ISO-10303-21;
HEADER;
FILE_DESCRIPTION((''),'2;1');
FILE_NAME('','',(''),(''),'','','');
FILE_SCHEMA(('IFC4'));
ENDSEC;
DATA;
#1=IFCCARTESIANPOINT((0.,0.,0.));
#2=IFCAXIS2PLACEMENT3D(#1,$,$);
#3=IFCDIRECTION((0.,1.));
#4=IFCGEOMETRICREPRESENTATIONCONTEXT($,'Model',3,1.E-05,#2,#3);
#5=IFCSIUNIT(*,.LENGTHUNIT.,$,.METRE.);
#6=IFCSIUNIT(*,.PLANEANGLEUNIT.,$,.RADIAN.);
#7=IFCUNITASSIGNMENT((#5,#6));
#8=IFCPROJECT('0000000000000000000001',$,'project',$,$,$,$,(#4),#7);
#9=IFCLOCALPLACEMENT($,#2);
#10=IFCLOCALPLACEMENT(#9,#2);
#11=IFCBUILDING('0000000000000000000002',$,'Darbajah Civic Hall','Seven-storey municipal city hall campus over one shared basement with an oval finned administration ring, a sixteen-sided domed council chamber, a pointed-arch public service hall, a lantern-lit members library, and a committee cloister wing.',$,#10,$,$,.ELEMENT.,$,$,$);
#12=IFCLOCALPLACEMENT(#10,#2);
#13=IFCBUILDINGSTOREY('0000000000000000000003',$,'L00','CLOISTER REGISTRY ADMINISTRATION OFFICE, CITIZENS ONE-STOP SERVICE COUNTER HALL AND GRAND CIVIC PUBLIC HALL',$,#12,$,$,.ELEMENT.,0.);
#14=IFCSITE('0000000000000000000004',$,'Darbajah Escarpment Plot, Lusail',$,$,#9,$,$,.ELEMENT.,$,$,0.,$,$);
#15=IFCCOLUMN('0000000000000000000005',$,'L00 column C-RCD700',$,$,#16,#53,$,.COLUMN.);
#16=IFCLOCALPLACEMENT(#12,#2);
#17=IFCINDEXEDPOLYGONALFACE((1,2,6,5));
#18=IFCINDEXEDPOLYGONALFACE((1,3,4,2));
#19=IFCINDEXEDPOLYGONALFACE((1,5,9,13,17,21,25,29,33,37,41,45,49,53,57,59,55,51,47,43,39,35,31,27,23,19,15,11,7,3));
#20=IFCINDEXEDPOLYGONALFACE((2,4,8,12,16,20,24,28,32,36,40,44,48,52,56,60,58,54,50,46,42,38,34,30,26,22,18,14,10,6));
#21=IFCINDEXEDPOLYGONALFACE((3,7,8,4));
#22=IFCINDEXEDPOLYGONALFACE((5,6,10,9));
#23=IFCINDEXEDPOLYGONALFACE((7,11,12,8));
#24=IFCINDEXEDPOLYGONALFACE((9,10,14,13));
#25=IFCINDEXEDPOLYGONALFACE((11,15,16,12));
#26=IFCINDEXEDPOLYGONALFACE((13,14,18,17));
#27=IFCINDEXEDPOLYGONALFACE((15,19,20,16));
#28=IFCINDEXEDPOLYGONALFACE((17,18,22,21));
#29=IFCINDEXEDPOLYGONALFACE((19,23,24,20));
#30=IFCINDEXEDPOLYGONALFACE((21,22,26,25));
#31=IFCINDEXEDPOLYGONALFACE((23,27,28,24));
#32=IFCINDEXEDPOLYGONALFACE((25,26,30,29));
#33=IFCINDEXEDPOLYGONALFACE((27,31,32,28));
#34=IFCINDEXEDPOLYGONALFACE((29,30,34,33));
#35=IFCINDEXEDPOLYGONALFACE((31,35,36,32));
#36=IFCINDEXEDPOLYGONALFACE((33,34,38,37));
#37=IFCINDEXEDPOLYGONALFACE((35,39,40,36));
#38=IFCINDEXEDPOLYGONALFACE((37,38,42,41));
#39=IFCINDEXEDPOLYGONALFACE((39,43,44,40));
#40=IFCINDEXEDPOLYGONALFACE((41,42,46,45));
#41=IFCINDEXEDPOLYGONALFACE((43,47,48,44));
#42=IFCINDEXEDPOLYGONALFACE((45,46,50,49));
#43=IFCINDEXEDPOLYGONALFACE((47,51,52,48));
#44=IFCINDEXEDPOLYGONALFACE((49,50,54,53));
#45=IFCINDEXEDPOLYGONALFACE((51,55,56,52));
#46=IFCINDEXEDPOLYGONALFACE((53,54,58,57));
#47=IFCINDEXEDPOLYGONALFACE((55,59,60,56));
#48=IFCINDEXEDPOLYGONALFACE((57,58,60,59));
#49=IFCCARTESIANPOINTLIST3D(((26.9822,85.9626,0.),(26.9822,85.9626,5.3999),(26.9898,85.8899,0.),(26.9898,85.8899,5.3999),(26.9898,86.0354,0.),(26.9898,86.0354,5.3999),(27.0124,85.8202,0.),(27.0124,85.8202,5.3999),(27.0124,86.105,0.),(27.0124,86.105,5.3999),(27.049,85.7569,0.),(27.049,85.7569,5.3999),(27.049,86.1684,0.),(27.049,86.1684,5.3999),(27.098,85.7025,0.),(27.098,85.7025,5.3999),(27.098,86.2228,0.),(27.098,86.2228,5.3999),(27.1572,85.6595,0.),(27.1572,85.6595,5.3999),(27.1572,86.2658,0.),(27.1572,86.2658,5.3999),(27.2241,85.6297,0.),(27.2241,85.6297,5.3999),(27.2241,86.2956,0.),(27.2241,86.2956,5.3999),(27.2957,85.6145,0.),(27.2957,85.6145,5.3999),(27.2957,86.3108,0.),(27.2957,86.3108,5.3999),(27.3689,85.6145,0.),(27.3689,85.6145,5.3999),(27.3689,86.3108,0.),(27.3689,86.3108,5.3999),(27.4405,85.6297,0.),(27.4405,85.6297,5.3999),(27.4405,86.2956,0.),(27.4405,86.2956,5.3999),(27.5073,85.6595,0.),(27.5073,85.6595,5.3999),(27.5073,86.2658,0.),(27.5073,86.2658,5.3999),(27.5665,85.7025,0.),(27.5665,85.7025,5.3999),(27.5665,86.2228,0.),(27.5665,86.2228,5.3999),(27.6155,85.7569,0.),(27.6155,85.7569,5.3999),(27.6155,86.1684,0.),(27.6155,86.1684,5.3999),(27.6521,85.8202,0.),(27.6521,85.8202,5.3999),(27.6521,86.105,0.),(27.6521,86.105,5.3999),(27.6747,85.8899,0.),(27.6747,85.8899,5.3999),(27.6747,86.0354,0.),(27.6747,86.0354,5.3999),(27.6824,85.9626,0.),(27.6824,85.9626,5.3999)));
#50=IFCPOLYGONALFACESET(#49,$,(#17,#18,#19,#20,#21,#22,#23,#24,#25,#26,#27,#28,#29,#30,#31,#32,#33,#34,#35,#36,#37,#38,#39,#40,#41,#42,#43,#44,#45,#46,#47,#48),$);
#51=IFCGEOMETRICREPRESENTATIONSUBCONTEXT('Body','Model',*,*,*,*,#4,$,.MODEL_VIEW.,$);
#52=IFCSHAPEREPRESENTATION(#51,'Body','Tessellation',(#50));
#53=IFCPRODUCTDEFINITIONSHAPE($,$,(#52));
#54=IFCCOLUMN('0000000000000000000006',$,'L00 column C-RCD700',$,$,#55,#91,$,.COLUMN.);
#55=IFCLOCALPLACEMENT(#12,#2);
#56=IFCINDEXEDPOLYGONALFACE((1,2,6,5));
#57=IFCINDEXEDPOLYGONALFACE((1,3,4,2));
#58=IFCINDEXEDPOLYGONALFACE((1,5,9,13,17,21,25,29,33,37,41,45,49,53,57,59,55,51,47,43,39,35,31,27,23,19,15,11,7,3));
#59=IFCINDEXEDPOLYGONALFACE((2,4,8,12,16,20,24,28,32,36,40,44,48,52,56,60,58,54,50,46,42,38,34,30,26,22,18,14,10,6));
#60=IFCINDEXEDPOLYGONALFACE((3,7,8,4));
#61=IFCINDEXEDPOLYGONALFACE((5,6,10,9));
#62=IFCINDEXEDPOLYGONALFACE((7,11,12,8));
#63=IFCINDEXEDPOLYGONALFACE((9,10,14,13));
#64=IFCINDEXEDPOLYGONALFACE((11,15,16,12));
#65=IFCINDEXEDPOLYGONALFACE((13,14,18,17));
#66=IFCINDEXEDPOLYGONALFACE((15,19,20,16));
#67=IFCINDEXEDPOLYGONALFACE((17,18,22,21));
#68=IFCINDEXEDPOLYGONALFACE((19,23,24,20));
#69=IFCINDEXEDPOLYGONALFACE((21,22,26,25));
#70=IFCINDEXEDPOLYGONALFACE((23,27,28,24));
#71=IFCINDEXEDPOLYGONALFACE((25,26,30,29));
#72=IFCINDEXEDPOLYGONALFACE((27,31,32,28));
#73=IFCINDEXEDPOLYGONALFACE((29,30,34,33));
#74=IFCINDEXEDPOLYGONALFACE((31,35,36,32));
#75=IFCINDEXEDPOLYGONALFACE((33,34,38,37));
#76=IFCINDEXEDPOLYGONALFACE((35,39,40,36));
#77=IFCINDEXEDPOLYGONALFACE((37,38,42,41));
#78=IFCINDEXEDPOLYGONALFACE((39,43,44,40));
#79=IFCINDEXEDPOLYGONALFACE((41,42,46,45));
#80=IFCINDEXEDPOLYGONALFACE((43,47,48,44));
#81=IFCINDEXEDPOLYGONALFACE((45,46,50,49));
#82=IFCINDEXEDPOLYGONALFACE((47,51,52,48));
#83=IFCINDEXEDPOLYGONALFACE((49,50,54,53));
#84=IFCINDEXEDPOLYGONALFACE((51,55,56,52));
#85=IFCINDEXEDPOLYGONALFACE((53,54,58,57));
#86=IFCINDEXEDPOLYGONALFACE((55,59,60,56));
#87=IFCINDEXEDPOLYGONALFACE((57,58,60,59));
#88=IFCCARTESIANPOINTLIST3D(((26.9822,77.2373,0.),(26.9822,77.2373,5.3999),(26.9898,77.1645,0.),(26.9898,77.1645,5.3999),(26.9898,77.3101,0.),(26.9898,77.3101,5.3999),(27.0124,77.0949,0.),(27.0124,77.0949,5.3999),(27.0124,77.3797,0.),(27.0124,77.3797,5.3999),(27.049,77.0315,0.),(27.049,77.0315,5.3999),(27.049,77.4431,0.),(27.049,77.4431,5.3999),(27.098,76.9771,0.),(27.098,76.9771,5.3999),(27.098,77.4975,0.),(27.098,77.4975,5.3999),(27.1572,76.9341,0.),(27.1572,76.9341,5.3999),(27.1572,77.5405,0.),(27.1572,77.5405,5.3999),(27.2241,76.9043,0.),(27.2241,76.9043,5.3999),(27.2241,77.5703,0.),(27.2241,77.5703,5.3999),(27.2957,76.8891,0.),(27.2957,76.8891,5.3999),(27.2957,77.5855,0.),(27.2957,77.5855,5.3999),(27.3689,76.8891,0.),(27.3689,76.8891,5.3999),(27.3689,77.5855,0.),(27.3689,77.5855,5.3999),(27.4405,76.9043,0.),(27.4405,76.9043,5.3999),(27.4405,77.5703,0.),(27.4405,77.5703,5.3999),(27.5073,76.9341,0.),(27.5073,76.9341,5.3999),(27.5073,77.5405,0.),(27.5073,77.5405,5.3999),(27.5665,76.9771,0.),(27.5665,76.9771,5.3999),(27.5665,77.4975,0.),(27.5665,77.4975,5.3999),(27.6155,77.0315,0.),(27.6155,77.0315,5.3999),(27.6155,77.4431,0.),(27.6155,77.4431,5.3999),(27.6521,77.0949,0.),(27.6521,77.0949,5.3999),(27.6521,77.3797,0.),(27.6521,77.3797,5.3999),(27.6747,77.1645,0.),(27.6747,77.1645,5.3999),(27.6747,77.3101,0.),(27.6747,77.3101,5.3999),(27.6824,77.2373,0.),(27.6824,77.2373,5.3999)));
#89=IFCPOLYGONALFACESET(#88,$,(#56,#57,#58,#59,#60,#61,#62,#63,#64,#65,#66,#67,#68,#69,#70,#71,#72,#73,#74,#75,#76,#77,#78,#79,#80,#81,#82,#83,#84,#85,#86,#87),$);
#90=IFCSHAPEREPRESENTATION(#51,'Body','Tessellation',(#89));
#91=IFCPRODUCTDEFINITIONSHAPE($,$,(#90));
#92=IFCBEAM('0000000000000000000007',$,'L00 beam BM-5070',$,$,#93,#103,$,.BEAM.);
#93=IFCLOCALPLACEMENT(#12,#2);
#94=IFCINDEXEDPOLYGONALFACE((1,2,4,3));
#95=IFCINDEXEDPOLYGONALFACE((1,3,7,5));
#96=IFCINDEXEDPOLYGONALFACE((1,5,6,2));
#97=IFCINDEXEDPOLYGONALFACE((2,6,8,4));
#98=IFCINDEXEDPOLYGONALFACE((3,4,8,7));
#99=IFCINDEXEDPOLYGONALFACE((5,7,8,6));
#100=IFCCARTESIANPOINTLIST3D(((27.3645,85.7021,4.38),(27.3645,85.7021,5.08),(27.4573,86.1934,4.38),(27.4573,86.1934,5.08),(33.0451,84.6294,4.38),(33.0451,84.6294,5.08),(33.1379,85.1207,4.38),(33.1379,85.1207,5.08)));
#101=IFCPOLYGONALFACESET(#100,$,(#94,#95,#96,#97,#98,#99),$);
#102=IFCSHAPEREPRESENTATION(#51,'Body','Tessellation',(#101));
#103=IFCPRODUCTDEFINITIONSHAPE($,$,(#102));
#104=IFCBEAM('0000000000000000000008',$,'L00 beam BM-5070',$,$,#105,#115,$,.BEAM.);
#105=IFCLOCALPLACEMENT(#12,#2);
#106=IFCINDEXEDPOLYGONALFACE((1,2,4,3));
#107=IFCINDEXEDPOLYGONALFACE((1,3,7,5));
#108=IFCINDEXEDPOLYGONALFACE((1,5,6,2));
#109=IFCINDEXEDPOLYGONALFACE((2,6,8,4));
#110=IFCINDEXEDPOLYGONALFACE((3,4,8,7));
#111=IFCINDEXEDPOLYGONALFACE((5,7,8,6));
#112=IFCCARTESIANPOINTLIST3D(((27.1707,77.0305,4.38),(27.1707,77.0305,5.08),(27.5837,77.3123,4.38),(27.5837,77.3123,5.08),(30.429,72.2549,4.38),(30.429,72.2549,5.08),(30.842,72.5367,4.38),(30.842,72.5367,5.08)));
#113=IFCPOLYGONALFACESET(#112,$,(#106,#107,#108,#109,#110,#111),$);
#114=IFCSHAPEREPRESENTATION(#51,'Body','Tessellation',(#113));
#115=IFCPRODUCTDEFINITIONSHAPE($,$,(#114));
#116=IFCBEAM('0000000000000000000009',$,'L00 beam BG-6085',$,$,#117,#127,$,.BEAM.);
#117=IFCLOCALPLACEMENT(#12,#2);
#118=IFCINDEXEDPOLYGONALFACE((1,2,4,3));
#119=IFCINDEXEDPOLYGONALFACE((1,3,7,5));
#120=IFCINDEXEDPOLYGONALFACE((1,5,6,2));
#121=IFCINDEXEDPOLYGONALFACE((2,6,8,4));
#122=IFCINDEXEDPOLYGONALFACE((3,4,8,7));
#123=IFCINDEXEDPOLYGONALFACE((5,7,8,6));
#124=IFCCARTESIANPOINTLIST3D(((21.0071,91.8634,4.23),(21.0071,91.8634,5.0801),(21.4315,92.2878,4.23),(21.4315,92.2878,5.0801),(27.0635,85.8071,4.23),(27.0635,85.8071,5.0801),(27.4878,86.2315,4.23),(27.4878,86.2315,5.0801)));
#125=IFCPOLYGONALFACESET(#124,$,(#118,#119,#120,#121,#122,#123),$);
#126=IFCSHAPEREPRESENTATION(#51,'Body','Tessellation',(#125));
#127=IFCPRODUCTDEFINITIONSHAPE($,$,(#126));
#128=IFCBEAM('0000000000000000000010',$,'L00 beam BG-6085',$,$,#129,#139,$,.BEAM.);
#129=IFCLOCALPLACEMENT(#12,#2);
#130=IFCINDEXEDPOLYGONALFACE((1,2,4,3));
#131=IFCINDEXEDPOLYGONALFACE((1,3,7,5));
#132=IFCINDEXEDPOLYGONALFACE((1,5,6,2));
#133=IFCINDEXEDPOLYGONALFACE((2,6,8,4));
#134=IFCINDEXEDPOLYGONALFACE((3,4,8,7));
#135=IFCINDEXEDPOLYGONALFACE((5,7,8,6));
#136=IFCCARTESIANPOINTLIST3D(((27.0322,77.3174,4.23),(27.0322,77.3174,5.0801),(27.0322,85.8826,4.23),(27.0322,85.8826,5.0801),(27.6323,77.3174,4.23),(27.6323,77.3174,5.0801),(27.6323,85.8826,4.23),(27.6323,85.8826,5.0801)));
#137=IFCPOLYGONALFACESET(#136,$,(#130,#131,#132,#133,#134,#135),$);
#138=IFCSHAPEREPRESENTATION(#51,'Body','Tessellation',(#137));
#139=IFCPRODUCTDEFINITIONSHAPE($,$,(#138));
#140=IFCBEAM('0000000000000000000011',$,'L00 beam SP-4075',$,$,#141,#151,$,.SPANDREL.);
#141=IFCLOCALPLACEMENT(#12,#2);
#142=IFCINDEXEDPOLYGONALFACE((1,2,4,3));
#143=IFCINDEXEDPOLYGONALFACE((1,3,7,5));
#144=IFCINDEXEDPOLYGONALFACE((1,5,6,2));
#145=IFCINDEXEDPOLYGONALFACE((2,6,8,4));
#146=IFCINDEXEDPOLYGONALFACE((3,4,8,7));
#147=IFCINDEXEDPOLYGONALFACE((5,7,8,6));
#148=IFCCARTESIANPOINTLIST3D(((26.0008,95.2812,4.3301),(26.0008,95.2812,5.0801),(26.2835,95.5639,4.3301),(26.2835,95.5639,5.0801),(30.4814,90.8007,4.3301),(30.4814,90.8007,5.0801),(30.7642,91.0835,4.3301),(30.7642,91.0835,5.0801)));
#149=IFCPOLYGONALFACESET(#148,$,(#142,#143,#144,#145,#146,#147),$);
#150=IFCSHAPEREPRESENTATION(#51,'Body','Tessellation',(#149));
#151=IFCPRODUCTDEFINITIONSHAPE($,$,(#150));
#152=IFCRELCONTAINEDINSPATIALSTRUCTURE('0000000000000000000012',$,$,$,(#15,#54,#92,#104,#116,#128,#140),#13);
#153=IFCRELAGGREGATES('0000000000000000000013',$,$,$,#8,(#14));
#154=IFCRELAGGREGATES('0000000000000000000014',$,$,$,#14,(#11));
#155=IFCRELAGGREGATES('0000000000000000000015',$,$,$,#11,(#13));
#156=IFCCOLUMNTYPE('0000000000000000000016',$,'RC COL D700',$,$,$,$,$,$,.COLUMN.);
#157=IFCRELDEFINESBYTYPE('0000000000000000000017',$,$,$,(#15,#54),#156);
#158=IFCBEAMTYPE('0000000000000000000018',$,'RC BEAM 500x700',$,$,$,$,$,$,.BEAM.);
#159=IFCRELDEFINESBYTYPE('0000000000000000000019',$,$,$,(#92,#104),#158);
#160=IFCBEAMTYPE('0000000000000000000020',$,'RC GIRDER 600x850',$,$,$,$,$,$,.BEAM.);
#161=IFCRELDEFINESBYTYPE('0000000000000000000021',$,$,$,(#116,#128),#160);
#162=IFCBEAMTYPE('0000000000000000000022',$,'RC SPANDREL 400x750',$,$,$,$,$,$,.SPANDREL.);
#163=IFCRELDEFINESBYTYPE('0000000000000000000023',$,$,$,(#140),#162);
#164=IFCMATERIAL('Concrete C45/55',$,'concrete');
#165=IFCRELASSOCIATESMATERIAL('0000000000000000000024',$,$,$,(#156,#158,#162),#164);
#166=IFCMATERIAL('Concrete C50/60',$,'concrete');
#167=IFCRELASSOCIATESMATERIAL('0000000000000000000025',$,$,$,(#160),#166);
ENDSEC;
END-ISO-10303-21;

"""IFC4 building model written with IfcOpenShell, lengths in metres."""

from ifc_helpers import new_model, si_unit, direction, frame, origin, origin_2d, place, context, subcontext, project, spatial, rectangle, circle, extrude, material, material_profile, profile_set, type_object, element, save


model = new_model("IFC4")

# Units and contexts
model_context = context("Model", 3, precision=1e-05, world=origin(), true_north=direction((0.0, 1.0)))
body_context = subcontext(model_context, "Body", "Model", "MODEL_VIEW")
ifc_project = project(units=[si_unit("LENGTHUNIT", "METRE"), si_unit("PLANEANGLEUNIT", "RADIAN")], contexts=[model_context])

# Site, building, storey
site_placement = place(None, origin())
site = spatial("IfcSite", under=ifc_project, at=site_placement, Name="Darbajah Escarpment Plot, Lusail", CompositionType="ELEMENT", RefElevation=0.0)
building_placement = place(site_placement, origin())
building = spatial("IfcBuilding", under=site, at=building_placement, Name="Darbajah Civic Hall", Description="Seven-storey municipal city hall campus over one shared basement with an oval finned administration ring, a sixteen-sided domed council chamber, a pointed-arch public service hall, a lantern-lit members library, and a committee cloister wing.", CompositionType="ELEMENT")
storey_placement = place(building_placement, origin())
storey = spatial("IfcBuildingStorey", under=building, at=storey_placement, Name="L00", Description="CLOISTER REGISTRY ADMINISTRATION OFFICE, CITIZENS ONE-STOP SERVICE COUNTER HALL AND GRAND CIVIC PUBLIC HALL", CompositionType="ELEMENT", Elevation=0.0)

# Columns
ifc_material_1 = material(Name="Concrete C45/55", Category="concrete")
ifc_material_profile_1 = material_profile(ifc_material_1, circle(Radius=0.3501, at=origin_2d()), Name="RC COL D700")
ifc_profile_set_1 = profile_set([ifc_material_profile_1], Name="Concrete C45/55")
column_type = type_object("IfcColumnType", Name="RC COL D700", PredefinedType="COLUMN", material=ifc_profile_set_1)
for number, where, z_axis, x_axis, name in (
    (1, (27.3323, 85.9626, 0.0), (0.0, 0.0, 1.0), (1.0, 0.0, 0.0), "L00 column C-RCD700"),
    (2, (27.3323, 77.2373, 0.0), (0.0, 0.0, 1.0), (1.0, 0.0, 0.0), "L00 column C-RCD700"),
):
    element("IfcColumn", number, at=place(storey_placement, frame(where, z_axis=z_axis, x_axis=x_axis)), inside=storey, type_object=column_type, Name=name, PredefinedType="COLUMN", context=body_context, shape_type="SweptSolid", body=[
        extrude(circle(Radius=0.3501, at=origin_2d()), origin(), (0.0, 0.0, 1.0), 5.3999),
    ])

# Beams
ifc_material_profile_2 = material_profile(ifc_material_1, rectangle(XDim=0.5, YDim=0.7, at=origin_2d()), Name="RC BEAM 500x700")
ifc_profile_set_2 = profile_set([ifc_material_profile_2], Name="Concrete C45/55")
beam_type_1 = type_object("IfcBeamType", Name="RC BEAM 500x700", PredefinedType="BEAM", material=ifc_profile_set_2)
beam_1_placement = place(storey_placement, frame((27.4109, 85.9478, 4.73), z_axis=(0.982632, -0.185563, 0.0), x_axis=(0.185563, 0.982632, 0.0)))
element("IfcBeam", 3, at=beam_1_placement, inside=storey, type_object=beam_type_1, Name="L00 beam BM-5070", PredefinedType="BEAM", context=body_context, shape_type="SweptSolid", body=[
    extrude(rectangle(XDim=0.5, YDim=0.7, at=origin_2d()), origin(), (0.0, 0.0, 1.0), 5.781),
])
beam_2_placement = place(storey_placement, frame((27.3772, 77.1714, 4.73), z_axis=(0.563595, -0.826051, 0.0), x_axis=(0.826051, 0.563595, 0.0)))
element("IfcBeam", 4, at=beam_2_placement, inside=storey, type_object=beam_type_1, Name="L00 beam BM-5070", PredefinedType="BEAM", context=body_context, shape_type="SweptSolid", body=[
    extrude(rectangle(XDim=0.5, YDim=0.7, at=origin_2d()), origin(), (0.0, 0.0, 1.0), 5.7812),
])
ifc_material_2 = material(Name="Concrete C50/60", Category="concrete")
ifc_material_profile_3 = material_profile(ifc_material_2, rectangle(XDim=0.6001, YDim=0.8501, at=origin_2d()), Name="RC GIRDER 600x850")
ifc_profile_set_3 = profile_set([ifc_material_profile_3], Name="Concrete C50/60")
beam_type_2 = type_object("IfcBeamType", Name="RC GIRDER 600x850", PredefinedType="BEAM", material=ifc_profile_set_3)
beam_3_placement = place(storey_placement, frame((27.2756, 86.0193, 4.655), z_axis=(-0.707107, 0.707107, 0.0), x_axis=(-0.707107, -0.707107, 0.0)))
element("IfcBeam", 5, at=beam_3_placement, inside=storey, type_object=beam_type_2, Name="L00 beam BG-6085", PredefinedType="BEAM", context=body_context, shape_type="SweptSolid", body=[
    extrude(rectangle(XDim=0.6001, YDim=0.8501, at=origin_2d()), origin(), (0.0, 0.0, 1.0), 8.5649),
])
beam_4_placement = place(storey_placement, frame((27.3323, 77.3174, 4.655), z_axis=(0.0, 1.0, 0.0), x_axis=(-1.0, 0.0, 0.0)))
element("IfcBeam", 6, at=beam_4_placement, inside=storey, type_object=beam_type_2, Name="L00 beam BG-6085", PredefinedType="BEAM", context=body_context, shape_type="SweptSolid", body=[
    extrude(rectangle(XDim=0.6001, YDim=0.8501, at=origin_2d()), origin(), (0.0, 0.0, 1.0), 8.5652),
])
ifc_material_profile_4 = material_profile(ifc_material_1, rectangle(XDim=0.3999, YDim=0.75, at=origin_2d()), Name="RC SPANDREL 400x750")
ifc_profile_set_4 = profile_set([ifc_material_profile_4], Name="Concrete C45/55")
beam_type_3 = type_object("IfcBeamType", Name="RC SPANDREL 400x750", PredefinedType="SPANDREL", material=ifc_profile_set_4)
beam_5_placement = place(storey_placement, frame((30.6228, 90.9421, 4.7051), z_axis=(-0.707126, 0.707088, 0.0), x_axis=(-0.707088, -0.707126, 0.0)))
element("IfcBeam", 7, at=beam_5_placement, inside=storey, type_object=beam_type_3, Name="L00 beam SP-4075", PredefinedType="SPANDREL", context=body_context, shape_type="SweptSolid", body=[
    extrude(rectangle(XDim=0.3999, YDim=0.75, at=origin_2d()), origin(), (0.0, 0.0, 1.0), 6.3364),
])

save(model, "model.ifc")
